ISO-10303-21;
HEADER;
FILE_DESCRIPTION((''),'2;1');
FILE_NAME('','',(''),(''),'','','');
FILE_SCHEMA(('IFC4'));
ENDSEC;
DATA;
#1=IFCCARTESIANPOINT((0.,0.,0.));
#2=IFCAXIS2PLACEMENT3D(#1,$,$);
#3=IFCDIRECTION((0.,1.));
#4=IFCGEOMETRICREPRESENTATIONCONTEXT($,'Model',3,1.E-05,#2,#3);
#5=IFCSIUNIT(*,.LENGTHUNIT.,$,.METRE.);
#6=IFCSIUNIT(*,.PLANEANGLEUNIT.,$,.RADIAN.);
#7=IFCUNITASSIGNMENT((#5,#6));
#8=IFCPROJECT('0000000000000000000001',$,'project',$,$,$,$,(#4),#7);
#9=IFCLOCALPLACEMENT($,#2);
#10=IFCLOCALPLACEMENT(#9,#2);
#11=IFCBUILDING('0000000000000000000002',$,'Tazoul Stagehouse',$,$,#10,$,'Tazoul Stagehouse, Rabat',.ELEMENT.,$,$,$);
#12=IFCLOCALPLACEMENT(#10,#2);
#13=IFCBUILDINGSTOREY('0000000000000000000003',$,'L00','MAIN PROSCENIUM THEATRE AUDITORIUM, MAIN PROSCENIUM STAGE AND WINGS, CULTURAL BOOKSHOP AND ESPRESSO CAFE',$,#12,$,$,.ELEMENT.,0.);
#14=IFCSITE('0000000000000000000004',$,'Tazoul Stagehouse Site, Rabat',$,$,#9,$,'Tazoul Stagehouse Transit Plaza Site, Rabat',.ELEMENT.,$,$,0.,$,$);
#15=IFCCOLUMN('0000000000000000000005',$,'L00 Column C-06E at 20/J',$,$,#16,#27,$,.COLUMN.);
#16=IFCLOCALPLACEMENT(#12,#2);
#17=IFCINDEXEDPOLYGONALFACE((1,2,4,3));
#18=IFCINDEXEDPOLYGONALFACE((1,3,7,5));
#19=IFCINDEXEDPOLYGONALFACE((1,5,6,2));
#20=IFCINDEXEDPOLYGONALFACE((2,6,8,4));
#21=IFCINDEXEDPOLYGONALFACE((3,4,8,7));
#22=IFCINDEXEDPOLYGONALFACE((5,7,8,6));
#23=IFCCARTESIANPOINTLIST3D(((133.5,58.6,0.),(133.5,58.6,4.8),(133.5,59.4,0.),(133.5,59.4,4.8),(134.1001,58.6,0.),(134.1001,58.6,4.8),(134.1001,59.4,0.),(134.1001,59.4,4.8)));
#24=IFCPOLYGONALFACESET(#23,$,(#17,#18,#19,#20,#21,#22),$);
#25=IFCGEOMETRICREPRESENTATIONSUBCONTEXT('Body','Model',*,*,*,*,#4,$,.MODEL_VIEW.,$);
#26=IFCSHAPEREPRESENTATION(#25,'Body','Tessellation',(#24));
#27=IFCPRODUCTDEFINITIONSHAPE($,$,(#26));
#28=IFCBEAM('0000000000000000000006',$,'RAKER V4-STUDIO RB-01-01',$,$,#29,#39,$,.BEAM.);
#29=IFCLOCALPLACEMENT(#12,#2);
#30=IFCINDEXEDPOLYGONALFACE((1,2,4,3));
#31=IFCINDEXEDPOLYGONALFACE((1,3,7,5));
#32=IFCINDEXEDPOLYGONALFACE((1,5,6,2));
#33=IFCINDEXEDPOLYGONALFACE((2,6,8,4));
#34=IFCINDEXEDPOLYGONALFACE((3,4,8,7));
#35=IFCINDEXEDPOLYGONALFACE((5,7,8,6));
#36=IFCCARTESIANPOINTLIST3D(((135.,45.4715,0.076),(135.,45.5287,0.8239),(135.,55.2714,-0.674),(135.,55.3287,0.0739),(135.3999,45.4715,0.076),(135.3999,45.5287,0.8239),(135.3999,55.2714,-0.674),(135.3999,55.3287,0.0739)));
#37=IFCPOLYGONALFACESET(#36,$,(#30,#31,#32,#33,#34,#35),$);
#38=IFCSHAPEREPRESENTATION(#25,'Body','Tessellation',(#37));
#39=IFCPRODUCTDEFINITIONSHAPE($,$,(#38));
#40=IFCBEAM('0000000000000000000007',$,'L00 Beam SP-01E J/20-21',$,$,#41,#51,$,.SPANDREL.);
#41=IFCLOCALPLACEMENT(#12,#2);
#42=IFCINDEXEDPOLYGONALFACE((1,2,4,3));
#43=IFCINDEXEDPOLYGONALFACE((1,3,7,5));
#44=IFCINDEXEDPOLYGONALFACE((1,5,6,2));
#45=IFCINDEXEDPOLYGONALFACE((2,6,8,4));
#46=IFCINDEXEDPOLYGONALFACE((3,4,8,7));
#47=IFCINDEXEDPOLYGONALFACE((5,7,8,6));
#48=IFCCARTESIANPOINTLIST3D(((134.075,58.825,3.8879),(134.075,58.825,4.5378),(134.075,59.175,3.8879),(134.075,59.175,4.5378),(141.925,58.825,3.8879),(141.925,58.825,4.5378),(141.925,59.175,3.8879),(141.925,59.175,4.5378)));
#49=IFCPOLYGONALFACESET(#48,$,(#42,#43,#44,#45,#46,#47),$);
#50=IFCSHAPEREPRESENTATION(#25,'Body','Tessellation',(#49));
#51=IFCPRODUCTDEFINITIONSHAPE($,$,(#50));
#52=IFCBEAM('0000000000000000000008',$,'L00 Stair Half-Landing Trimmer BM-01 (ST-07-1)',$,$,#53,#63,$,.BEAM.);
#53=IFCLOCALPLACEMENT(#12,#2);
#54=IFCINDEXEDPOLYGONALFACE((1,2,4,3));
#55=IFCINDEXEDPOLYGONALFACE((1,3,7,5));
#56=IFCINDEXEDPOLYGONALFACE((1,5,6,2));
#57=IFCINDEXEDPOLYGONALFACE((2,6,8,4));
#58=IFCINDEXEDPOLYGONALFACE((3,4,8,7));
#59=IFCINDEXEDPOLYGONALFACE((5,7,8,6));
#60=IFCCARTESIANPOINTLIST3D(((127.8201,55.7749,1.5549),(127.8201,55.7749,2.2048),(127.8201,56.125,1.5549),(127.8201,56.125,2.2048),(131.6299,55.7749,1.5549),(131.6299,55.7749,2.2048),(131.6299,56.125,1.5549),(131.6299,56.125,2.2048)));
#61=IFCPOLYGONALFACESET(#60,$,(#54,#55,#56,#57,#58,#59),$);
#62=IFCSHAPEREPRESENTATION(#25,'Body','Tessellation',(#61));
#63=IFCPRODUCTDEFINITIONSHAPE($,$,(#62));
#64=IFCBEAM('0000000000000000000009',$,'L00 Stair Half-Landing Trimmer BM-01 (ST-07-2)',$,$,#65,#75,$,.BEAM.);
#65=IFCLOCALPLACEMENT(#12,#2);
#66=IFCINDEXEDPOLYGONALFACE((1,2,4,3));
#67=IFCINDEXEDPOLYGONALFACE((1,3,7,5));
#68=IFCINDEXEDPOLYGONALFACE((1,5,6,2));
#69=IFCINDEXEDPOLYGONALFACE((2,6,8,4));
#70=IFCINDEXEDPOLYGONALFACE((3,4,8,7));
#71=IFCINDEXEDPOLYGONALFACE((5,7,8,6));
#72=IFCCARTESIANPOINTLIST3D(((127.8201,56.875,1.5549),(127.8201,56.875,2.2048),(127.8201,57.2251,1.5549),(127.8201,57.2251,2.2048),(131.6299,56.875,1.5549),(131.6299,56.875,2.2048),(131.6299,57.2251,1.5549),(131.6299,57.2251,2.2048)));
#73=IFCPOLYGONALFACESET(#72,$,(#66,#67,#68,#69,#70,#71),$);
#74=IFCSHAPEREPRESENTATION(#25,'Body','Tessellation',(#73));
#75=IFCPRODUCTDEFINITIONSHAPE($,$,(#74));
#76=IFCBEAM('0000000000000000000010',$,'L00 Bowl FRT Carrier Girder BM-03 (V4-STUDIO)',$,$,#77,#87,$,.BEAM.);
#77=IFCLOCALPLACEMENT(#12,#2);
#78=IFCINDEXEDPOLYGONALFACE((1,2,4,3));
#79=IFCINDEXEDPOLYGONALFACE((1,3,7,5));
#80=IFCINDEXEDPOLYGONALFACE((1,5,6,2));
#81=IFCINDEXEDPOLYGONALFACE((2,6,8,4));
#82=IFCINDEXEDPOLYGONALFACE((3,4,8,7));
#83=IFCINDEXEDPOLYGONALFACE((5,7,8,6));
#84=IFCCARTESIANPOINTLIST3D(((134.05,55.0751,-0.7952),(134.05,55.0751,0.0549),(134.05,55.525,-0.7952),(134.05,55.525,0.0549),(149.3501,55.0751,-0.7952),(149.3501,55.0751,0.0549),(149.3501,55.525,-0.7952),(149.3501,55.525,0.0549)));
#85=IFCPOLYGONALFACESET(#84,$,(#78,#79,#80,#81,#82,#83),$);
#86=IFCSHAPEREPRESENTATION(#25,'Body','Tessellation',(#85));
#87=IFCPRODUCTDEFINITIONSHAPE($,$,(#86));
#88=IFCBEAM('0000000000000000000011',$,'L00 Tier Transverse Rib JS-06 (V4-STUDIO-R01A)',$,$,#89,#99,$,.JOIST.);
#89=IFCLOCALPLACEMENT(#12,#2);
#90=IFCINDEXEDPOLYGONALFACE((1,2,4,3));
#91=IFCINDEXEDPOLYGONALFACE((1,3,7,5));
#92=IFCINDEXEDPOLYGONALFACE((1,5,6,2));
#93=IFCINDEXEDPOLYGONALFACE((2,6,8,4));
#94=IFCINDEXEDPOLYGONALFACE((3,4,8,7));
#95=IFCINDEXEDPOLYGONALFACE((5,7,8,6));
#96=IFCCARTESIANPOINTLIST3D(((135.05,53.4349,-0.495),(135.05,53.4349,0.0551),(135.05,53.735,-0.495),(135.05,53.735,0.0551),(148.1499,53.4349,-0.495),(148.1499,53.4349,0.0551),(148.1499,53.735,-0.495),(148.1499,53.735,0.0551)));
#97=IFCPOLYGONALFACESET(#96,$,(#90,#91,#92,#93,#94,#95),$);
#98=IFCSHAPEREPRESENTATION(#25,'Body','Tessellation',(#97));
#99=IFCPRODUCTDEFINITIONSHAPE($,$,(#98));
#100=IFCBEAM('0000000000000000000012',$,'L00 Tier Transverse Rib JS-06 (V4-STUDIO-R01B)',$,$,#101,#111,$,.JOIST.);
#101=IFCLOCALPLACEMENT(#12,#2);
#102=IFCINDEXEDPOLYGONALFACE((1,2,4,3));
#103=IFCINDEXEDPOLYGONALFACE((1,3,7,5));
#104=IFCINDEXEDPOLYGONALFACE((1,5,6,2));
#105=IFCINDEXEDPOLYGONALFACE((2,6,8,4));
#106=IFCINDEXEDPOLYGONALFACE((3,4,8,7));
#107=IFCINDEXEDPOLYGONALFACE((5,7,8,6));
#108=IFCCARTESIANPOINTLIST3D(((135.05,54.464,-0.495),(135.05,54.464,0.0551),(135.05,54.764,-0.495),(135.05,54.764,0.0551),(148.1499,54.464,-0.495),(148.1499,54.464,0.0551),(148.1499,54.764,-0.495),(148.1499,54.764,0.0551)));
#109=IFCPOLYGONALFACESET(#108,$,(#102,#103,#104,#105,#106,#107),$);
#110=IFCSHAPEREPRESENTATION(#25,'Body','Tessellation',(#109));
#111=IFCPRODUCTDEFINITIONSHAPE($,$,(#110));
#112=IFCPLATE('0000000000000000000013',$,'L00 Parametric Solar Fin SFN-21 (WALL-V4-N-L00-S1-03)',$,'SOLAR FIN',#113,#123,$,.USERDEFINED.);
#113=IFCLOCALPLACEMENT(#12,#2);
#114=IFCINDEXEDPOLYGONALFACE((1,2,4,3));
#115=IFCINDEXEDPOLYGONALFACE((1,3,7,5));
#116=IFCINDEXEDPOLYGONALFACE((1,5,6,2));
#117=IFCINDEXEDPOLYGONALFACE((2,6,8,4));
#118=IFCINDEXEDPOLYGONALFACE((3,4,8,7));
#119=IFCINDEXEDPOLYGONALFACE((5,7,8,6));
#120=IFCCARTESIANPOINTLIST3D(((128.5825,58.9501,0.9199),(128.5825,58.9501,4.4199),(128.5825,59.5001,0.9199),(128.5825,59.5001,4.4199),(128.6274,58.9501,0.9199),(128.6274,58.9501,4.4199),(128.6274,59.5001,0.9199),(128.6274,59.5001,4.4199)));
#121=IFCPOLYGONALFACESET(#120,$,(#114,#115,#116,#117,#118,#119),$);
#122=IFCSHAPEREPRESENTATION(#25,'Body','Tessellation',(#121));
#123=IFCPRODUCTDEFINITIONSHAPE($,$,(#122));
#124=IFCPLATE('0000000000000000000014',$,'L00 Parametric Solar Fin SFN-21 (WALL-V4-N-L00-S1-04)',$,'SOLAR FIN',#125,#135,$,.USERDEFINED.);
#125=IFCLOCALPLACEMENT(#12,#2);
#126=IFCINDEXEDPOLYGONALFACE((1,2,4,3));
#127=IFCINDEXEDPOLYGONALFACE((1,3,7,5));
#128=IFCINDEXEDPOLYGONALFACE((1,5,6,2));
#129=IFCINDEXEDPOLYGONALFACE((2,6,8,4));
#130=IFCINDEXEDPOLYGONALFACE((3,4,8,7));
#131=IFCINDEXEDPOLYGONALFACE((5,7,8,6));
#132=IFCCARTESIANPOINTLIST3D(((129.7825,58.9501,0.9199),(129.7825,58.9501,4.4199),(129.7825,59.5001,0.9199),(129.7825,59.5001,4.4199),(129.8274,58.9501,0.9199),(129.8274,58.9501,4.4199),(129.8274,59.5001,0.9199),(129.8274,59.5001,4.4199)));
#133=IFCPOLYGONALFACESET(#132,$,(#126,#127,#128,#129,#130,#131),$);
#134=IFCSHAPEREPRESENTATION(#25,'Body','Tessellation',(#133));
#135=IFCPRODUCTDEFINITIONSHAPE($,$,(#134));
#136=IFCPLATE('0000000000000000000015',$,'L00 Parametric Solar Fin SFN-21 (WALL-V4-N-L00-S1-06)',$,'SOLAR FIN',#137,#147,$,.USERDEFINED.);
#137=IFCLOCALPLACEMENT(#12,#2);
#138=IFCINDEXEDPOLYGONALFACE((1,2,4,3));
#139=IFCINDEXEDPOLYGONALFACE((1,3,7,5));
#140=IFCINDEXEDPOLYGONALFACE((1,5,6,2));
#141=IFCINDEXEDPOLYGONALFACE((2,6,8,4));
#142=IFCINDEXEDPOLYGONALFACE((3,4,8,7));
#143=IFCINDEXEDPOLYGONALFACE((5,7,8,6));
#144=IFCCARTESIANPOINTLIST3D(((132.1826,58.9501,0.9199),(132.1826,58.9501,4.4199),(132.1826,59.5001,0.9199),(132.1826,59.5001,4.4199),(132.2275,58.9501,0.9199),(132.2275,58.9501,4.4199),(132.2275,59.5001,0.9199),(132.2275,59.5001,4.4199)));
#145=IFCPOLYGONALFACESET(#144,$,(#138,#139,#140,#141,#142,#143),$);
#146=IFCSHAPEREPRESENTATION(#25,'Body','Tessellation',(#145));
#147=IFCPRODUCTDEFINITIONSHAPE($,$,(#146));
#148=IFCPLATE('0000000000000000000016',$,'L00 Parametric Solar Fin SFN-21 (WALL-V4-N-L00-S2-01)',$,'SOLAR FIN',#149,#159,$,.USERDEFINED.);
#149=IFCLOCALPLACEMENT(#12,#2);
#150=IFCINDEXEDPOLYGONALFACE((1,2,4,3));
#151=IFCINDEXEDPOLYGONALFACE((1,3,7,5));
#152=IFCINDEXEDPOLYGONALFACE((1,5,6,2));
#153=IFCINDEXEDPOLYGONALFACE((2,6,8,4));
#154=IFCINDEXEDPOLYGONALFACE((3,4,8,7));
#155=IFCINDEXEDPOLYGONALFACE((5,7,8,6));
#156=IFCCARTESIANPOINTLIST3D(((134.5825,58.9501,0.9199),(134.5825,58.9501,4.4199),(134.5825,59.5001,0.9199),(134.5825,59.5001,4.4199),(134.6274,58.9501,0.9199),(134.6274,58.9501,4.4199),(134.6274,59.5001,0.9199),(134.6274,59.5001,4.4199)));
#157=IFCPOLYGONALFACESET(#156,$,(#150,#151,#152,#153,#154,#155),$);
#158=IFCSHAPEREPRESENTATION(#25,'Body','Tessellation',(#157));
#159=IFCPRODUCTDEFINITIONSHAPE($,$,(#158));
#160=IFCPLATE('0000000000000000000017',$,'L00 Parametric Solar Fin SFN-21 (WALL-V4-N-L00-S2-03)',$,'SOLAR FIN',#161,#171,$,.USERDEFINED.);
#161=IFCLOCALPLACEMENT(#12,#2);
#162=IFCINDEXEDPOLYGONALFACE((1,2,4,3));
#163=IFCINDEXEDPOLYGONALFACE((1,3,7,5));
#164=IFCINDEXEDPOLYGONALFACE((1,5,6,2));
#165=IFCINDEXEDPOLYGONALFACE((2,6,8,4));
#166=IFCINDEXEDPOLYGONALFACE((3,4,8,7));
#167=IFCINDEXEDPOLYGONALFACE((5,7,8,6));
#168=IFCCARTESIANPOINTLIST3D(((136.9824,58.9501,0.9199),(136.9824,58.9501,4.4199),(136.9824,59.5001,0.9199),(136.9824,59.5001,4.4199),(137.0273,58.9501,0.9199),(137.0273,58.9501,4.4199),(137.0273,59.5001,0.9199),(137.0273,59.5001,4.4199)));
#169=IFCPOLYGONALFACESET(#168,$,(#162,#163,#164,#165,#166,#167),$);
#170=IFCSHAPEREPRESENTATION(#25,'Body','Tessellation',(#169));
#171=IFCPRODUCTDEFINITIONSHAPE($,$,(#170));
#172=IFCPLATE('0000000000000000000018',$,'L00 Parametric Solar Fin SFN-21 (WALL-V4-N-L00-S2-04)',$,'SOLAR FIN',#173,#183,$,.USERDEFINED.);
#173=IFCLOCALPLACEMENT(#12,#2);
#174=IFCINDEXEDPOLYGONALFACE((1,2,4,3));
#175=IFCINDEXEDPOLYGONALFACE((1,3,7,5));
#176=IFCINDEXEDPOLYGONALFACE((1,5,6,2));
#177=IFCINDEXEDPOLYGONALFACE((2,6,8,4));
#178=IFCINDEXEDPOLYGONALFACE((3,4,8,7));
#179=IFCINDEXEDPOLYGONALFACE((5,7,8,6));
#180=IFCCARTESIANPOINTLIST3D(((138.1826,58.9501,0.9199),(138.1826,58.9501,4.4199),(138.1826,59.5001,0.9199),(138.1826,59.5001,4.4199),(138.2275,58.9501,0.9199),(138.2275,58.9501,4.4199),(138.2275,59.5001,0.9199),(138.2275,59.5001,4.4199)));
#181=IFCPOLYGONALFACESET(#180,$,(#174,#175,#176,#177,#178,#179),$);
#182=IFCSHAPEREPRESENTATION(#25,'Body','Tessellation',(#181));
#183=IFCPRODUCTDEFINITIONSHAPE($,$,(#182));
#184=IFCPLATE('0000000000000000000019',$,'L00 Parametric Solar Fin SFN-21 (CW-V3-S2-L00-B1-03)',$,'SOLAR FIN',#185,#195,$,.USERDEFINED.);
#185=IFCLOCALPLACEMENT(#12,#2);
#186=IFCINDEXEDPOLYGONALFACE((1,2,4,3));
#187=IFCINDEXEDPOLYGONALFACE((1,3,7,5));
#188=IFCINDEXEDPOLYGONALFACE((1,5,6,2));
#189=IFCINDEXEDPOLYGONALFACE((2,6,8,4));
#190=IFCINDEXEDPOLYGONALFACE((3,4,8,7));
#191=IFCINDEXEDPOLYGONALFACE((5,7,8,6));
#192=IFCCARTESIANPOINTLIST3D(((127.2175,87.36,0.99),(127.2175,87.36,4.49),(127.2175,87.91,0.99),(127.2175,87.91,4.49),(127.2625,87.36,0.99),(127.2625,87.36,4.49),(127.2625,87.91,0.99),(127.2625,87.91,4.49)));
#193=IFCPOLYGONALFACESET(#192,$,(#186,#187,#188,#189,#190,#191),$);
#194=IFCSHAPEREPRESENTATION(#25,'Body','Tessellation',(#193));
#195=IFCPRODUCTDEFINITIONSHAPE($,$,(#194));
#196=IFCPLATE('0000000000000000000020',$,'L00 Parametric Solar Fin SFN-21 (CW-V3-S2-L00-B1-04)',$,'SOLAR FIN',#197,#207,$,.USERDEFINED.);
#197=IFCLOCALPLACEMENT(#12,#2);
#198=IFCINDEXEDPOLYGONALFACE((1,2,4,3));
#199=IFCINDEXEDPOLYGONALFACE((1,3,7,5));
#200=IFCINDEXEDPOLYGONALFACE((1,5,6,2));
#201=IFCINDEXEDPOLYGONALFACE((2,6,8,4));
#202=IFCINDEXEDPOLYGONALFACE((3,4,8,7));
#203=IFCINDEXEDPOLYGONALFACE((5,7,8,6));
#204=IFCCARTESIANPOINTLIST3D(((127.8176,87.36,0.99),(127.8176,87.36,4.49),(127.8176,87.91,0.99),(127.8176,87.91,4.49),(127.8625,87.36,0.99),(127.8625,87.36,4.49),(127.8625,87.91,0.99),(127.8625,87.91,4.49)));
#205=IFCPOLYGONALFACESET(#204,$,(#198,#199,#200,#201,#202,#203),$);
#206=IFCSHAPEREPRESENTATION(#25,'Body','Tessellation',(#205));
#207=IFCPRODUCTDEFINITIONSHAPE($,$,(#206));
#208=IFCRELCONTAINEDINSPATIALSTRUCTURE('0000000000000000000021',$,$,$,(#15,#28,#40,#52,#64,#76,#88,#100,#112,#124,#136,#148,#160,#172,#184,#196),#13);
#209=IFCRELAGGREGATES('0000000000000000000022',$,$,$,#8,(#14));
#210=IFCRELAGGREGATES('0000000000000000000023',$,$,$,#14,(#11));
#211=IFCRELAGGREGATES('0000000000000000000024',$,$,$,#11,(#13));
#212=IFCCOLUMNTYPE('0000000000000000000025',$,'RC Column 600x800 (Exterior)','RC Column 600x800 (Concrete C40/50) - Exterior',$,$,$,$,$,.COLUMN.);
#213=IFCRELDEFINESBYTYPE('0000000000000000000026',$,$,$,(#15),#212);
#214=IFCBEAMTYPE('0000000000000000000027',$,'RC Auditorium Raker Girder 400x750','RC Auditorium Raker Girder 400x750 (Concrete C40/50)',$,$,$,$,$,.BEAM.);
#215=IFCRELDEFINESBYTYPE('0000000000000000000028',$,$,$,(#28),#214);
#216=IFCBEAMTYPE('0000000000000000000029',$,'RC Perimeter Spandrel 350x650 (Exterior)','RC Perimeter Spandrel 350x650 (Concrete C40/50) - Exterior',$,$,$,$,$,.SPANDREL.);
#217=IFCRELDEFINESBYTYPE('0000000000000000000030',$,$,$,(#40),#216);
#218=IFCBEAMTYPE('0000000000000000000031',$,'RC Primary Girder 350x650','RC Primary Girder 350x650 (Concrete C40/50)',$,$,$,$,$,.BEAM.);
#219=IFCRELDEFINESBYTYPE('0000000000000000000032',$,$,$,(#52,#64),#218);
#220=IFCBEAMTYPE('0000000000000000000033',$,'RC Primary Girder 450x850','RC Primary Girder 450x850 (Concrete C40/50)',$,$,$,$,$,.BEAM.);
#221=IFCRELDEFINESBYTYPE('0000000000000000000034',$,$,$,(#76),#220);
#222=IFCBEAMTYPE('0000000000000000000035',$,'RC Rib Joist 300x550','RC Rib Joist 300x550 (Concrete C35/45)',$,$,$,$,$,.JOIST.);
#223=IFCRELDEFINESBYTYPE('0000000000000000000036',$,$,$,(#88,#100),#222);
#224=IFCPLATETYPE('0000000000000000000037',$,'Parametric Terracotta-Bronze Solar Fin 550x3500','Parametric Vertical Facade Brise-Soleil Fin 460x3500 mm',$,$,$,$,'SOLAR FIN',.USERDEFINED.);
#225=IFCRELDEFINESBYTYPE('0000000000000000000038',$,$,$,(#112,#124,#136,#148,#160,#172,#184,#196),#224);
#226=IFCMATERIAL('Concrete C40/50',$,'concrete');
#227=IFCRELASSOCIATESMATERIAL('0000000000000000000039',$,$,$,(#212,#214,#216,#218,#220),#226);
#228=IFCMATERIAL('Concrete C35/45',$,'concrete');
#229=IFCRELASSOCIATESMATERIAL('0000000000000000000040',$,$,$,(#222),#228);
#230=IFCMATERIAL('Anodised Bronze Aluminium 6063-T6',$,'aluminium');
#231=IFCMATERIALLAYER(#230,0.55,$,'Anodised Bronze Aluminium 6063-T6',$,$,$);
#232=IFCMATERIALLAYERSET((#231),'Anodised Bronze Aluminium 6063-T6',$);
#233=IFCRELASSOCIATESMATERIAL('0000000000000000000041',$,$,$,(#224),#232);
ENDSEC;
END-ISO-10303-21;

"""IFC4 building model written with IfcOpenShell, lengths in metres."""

from ifc_helpers import new_model, si_unit, direction, frame, origin, origin_2d, place, context, subcontext, project, spatial, rectangle, extrude, material, layer, layer_set, material_profile, profile_set, type_object, element, save


model = new_model("IFC4")

# Units and contexts
model_context = context("Model", 3, precision=1e-05, world=origin(), true_north=direction((0.0, 1.0)))
body_context = subcontext(model_context, "Body", "Model", "MODEL_VIEW")
ifc_project = project(units=[si_unit("LENGTHUNIT", "METRE"), si_unit("PLANEANGLEUNIT", "RADIAN")], contexts=[model_context])

# Site, building, storey
site_placement = place(None, origin())
site = spatial("IfcSite", under=ifc_project, at=site_placement, Name="Tazoul Stagehouse Site, Rabat", LongName="Tazoul Stagehouse Transit Plaza Site, Rabat", CompositionType="ELEMENT", RefElevation=0.0)
building_placement = place(site_placement, origin())
building = spatial("IfcBuilding", under=site, at=building_placement, Name="Tazoul Stagehouse", LongName="Tazoul Stagehouse, Rabat", CompositionType="ELEMENT")
storey_placement = place(building_placement, origin())
storey = spatial("IfcBuildingStorey", under=building, at=storey_placement, Name="L00", Description="MAIN PROSCENIUM THEATRE AUDITORIUM, MAIN PROSCENIUM STAGE AND WINGS, CULTURAL BOOKSHOP AND ESPRESSO CAFE", CompositionType="ELEMENT", Elevation=0.0)

# Column
ifc_material_1 = material(Name="Concrete C40/50", Category="concrete")
ifc_material_profile_1 = material_profile(ifc_material_1, rectangle(XDim=0.6001, YDim=0.8, at=origin_2d()), Name="RC 600x800")
ifc_profile_set_1 = profile_set([ifc_material_profile_1], Name="Concrete C40/50")
column_type = type_object("IfcColumnType", Name="RC Column 600x800 (Exterior)", Description="RC Column 600x800 (Concrete C40/50) - Exterior", PredefinedType="COLUMN", material=ifc_profile_set_1)
column_placement = place(storey_placement, frame((133.8, 59.0, 0.0), z_axis=(0.0, 0.0, 1.0), x_axis=(1.0, 0.0, 0.0)))
element("IfcColumn", 1, at=column_placement, inside=storey, type_object=column_type, Name="L00 Column C-06E at 20/J", PredefinedType="COLUMN", context=body_context, shape_type="SweptSolid", body=[
    extrude(rectangle(XDim=0.6001, YDim=0.8, at=origin_2d()), origin(), (0.0, 0.0, 1.0), 4.8),
])

# Beams
ifc_material_profile_2 = material_profile(ifc_material_1, rectangle(XDim=0.3999, YDim=0.75, at=origin_2d()), Name="RC 400x750")
ifc_profile_set_2 = profile_set([ifc_material_profile_2], Name="Concrete C40/50")
beam_type_1 = type_object("IfcBeamType", Name="RC Auditorium Raker Girder 400x750", Description="RC Auditorium Raker Girder 400x750 (Concrete C40/50)", PredefinedType="BEAM", material=ifc_profile_set_2)
beam_1_placement = place(storey_placement, frame((135.2, 55.3, -0.3), z_axis=(0.0, -0.997084, 0.076307), x_axis=(1.0, 0.0, 0.0)))
element("IfcBeam", 2, at=beam_1_placement, inside=storey, type_object=beam_type_1, Name="RAKER V4-STUDIO RB-01-01", PredefinedType="BEAM", context=body_context, shape_type="SweptSolid", body=[
    extrude(rectangle(XDim=0.3999, YDim=0.75, at=origin_2d()), origin(), (0.0, 0.0, 1.0), 9.8286),
])
ifc_material_profile_3 = material_profile(ifc_material_1, rectangle(XDim=0.3501, YDim=0.6499, at=origin_2d()), Name="RC 350x650")
ifc_profile_set_3 = profile_set([ifc_material_profile_3], Name="Concrete C40/50")
beam_type_2 = type_object("IfcBeamType", Name="RC Perimeter Spandrel 350x650 (Exterior)", Description="RC Perimeter Spandrel 350x650 (Concrete C40/50) - Exterior", PredefinedType="SPANDREL", material=ifc_profile_set_3)
beam_2_placement = place(storey_placement, frame((134.075, 59.0, 4.2129), z_axis=(1.0, 0.0, 0.0), x_axis=(0.0, 1.0, 0.0)))
element("IfcBeam", 3, at=beam_2_placement, inside=storey, type_object=beam_type_2, Name="L00 Beam SP-01E J/20-21", PredefinedType="SPANDREL", context=body_context, shape_type="SweptSolid", body=[
    extrude(rectangle(XDim=0.3501, YDim=0.6499, at=origin_2d()), origin(), (0.0, 0.0, 1.0), 7.8501),
])
ifc_material_profile_4 = material_profile(ifc_material_1, rectangle(XDim=0.3501, YDim=0.6499, at=origin_2d()), Name="RC 350x650")
ifc_profile_set_4 = profile_set([ifc_material_profile_4], Name="Concrete C40/50")
beam_type_3 = type_object("IfcBeamType", Name="RC Primary Girder 350x650", Description="RC Primary Girder 350x650 (Concrete C40/50)", PredefinedType="BEAM", material=ifc_profile_set_4)
for number, where, z_axis, x_axis, name in (
    (4, (127.8201, 55.95, 1.8799), (1.0, 0.0, 0.0), (0.0, 1.0, 0.0), "L00 Stair Half-Landing Trimmer BM-01 (ST-07-1)"),
    (5, (127.8201, 57.05, 1.8799), (1.0, 0.0, 0.0), (0.0, 1.0, 0.0), "L00 Stair Half-Landing Trimmer BM-01 (ST-07-2)"),
):
    element("IfcBeam", number, at=place(storey_placement, frame(where, z_axis=z_axis, x_axis=x_axis)), inside=storey, type_object=beam_type_3, Name=name, PredefinedType="BEAM", context=body_context, shape_type="SweptSolid", body=[
        extrude(rectangle(XDim=0.3501, YDim=0.6499, at=origin_2d()), origin(), (0.0, 0.0, 1.0), 3.8098),
    ])
ifc_material_profile_5 = material_profile(ifc_material_1, rectangle(XDim=0.45, YDim=0.8501, at=origin_2d()), Name="RC 450x850")
ifc_profile_set_5 = profile_set([ifc_material_profile_5], Name="Concrete C40/50")
beam_type_4 = type_object("IfcBeamType", Name="RC Primary Girder 450x850", Description="RC Primary Girder 450x850 (Concrete C40/50)", PredefinedType="BEAM", material=ifc_profile_set_5)
beam_3_placement = place(storey_placement, frame((134.05, 55.3, -0.3701), z_axis=(1.0, 0.0, 0.0), x_axis=(0.0, 1.0, 0.0)))
element("IfcBeam", 6, at=beam_3_placement, inside=storey, type_object=beam_type_4, Name="L00 Bowl FRT Carrier Girder BM-03 (V4-STUDIO)", PredefinedType="BEAM", context=body_context, shape_type="SweptSolid", body=[
    extrude(rectangle(XDim=0.45, YDim=0.8501, at=origin_2d()), origin(), (0.0, 0.0, 1.0), 15.3),
])
ifc_material_2 = material(Name="Concrete C35/45", Category="concrete")
ifc_material_profile_6 = material_profile(ifc_material_2, rectangle(XDim=0.3, YDim=0.55, at=origin_2d()), Name="RC 300x550")
ifc_profile_set_6 = profile_set([ifc_material_profile_6], Name="Concrete C35/45")
beam_type_5 = type_object("IfcBeamType", Name="RC Rib Joist 300x550", Description="RC Rib Joist 300x550 (Concrete C35/45)", PredefinedType="JOIST", material=ifc_profile_set_6)
for number, where, z_axis, x_axis, name in (
    (7, (135.05, 53.585, -0.22), (1.0, 0.0, 0.0), (0.0, 1.0, 0.0), "L00 Tier Transverse Rib JS-06 (V4-STUDIO-R01A)"),
    (8, (135.05, 54.614, -0.22), (1.0, 0.0, 0.0), (0.0, 1.0, 0.0), "L00 Tier Transverse Rib JS-06 (V4-STUDIO-R01B)"),
):
    element("IfcBeam", number, at=place(storey_placement, frame(where, z_axis=z_axis, x_axis=x_axis)), inside=storey, type_object=beam_type_5, Name=name, PredefinedType="JOIST", context=body_context, shape_type="SweptSolid", body=[
        extrude(rectangle(XDim=0.3, YDim=0.55, at=origin_2d()), origin(), (0.0, 0.0, 1.0), 13.0999),
    ])

# Plates
ifc_material_3 = material(Name="Anodised Bronze Aluminium 6063-T6", Category="aluminium")
ifc_layer_1 = layer(ifc_material_3, 0.55, Name="Anodised Bronze Aluminium 6063-T6")
ifc_layer_set_1 = layer_set([ifc_layer_1], Name="Anodised Bronze Aluminium 6063-T6")
plate_type_1 = type_object("IfcPlateType", Name="Parametric Terracotta-Bronze Solar Fin 550x3500", Description="Parametric Vertical Facade Brise-Soleil Fin 460x3500 mm", ElementType="SOLAR FIN", PredefinedType="USERDEFINED", material=ifc_layer_set_1)
for number, where, z_axis, x_axis, name in (
    (9, (128.605, 59.2251, 0.9199), (0.0, 0.0, 1.0), (1.0, 0.0, 0.0), "L00 Parametric Solar Fin SFN-21 (WALL-V4-N-L00-S1-03)"),
    (10, (129.8049, 59.2251, 0.9199), (0.0, 0.0, 1.0), (1.0, 0.0, 0.0), "L00 Parametric Solar Fin SFN-21 (WALL-V4-N-L00-S1-04)"),
    (11, (132.2051, 59.2251, 0.9199), (0.0, 0.0, 1.0), (1.0, 0.0, 0.0), "L00 Parametric Solar Fin SFN-21 (WALL-V4-N-L00-S1-06)"),
    (12, (134.605, 59.2251, 0.9199), (0.0, 0.0, 1.0), (1.0, 0.0, 0.0), "L00 Parametric Solar Fin SFN-21 (WALL-V4-N-L00-S2-01)"),
    (13, (137.0049, 59.2251, 0.9199), (0.0, 0.0, 1.0), (1.0, 0.0, 0.0), "L00 Parametric Solar Fin SFN-21 (WALL-V4-N-L00-S2-03)"),
    (14, (138.2051, 59.2251, 0.9199), (0.0, 0.0, 1.0), (1.0, 0.0, 0.0), "L00 Parametric Solar Fin SFN-21 (WALL-V4-N-L00-S2-04)"),
    (15, (127.24, 87.635, 0.99), (0.0, 0.0, 1.0), (1.0, 0.0, 0.0), "L00 Parametric Solar Fin SFN-21 (CW-V3-S2-L00-B1-03)"),
    (16, (127.8401, 87.635, 0.99), (0.0, 0.0, 1.0), (1.0, 0.0, 0.0), "L00 Parametric Solar Fin SFN-21 (CW-V3-S2-L00-B1-04)"),
):
    element("IfcPlate", number, at=place(storey_placement, frame(where, z_axis=z_axis, x_axis=x_axis)), inside=storey, type_object=plate_type_1, Name=name, ObjectType="SOLAR FIN", PredefinedType="USERDEFINED", context=body_context, shape_type="SweptSolid", body=[
        extrude(rectangle(XDim=0.0449, YDim=0.55, at=origin_2d()), origin(), (0.0, 0.0, 1.0), 3.5),
    ])

save(model, "model.ifc")
